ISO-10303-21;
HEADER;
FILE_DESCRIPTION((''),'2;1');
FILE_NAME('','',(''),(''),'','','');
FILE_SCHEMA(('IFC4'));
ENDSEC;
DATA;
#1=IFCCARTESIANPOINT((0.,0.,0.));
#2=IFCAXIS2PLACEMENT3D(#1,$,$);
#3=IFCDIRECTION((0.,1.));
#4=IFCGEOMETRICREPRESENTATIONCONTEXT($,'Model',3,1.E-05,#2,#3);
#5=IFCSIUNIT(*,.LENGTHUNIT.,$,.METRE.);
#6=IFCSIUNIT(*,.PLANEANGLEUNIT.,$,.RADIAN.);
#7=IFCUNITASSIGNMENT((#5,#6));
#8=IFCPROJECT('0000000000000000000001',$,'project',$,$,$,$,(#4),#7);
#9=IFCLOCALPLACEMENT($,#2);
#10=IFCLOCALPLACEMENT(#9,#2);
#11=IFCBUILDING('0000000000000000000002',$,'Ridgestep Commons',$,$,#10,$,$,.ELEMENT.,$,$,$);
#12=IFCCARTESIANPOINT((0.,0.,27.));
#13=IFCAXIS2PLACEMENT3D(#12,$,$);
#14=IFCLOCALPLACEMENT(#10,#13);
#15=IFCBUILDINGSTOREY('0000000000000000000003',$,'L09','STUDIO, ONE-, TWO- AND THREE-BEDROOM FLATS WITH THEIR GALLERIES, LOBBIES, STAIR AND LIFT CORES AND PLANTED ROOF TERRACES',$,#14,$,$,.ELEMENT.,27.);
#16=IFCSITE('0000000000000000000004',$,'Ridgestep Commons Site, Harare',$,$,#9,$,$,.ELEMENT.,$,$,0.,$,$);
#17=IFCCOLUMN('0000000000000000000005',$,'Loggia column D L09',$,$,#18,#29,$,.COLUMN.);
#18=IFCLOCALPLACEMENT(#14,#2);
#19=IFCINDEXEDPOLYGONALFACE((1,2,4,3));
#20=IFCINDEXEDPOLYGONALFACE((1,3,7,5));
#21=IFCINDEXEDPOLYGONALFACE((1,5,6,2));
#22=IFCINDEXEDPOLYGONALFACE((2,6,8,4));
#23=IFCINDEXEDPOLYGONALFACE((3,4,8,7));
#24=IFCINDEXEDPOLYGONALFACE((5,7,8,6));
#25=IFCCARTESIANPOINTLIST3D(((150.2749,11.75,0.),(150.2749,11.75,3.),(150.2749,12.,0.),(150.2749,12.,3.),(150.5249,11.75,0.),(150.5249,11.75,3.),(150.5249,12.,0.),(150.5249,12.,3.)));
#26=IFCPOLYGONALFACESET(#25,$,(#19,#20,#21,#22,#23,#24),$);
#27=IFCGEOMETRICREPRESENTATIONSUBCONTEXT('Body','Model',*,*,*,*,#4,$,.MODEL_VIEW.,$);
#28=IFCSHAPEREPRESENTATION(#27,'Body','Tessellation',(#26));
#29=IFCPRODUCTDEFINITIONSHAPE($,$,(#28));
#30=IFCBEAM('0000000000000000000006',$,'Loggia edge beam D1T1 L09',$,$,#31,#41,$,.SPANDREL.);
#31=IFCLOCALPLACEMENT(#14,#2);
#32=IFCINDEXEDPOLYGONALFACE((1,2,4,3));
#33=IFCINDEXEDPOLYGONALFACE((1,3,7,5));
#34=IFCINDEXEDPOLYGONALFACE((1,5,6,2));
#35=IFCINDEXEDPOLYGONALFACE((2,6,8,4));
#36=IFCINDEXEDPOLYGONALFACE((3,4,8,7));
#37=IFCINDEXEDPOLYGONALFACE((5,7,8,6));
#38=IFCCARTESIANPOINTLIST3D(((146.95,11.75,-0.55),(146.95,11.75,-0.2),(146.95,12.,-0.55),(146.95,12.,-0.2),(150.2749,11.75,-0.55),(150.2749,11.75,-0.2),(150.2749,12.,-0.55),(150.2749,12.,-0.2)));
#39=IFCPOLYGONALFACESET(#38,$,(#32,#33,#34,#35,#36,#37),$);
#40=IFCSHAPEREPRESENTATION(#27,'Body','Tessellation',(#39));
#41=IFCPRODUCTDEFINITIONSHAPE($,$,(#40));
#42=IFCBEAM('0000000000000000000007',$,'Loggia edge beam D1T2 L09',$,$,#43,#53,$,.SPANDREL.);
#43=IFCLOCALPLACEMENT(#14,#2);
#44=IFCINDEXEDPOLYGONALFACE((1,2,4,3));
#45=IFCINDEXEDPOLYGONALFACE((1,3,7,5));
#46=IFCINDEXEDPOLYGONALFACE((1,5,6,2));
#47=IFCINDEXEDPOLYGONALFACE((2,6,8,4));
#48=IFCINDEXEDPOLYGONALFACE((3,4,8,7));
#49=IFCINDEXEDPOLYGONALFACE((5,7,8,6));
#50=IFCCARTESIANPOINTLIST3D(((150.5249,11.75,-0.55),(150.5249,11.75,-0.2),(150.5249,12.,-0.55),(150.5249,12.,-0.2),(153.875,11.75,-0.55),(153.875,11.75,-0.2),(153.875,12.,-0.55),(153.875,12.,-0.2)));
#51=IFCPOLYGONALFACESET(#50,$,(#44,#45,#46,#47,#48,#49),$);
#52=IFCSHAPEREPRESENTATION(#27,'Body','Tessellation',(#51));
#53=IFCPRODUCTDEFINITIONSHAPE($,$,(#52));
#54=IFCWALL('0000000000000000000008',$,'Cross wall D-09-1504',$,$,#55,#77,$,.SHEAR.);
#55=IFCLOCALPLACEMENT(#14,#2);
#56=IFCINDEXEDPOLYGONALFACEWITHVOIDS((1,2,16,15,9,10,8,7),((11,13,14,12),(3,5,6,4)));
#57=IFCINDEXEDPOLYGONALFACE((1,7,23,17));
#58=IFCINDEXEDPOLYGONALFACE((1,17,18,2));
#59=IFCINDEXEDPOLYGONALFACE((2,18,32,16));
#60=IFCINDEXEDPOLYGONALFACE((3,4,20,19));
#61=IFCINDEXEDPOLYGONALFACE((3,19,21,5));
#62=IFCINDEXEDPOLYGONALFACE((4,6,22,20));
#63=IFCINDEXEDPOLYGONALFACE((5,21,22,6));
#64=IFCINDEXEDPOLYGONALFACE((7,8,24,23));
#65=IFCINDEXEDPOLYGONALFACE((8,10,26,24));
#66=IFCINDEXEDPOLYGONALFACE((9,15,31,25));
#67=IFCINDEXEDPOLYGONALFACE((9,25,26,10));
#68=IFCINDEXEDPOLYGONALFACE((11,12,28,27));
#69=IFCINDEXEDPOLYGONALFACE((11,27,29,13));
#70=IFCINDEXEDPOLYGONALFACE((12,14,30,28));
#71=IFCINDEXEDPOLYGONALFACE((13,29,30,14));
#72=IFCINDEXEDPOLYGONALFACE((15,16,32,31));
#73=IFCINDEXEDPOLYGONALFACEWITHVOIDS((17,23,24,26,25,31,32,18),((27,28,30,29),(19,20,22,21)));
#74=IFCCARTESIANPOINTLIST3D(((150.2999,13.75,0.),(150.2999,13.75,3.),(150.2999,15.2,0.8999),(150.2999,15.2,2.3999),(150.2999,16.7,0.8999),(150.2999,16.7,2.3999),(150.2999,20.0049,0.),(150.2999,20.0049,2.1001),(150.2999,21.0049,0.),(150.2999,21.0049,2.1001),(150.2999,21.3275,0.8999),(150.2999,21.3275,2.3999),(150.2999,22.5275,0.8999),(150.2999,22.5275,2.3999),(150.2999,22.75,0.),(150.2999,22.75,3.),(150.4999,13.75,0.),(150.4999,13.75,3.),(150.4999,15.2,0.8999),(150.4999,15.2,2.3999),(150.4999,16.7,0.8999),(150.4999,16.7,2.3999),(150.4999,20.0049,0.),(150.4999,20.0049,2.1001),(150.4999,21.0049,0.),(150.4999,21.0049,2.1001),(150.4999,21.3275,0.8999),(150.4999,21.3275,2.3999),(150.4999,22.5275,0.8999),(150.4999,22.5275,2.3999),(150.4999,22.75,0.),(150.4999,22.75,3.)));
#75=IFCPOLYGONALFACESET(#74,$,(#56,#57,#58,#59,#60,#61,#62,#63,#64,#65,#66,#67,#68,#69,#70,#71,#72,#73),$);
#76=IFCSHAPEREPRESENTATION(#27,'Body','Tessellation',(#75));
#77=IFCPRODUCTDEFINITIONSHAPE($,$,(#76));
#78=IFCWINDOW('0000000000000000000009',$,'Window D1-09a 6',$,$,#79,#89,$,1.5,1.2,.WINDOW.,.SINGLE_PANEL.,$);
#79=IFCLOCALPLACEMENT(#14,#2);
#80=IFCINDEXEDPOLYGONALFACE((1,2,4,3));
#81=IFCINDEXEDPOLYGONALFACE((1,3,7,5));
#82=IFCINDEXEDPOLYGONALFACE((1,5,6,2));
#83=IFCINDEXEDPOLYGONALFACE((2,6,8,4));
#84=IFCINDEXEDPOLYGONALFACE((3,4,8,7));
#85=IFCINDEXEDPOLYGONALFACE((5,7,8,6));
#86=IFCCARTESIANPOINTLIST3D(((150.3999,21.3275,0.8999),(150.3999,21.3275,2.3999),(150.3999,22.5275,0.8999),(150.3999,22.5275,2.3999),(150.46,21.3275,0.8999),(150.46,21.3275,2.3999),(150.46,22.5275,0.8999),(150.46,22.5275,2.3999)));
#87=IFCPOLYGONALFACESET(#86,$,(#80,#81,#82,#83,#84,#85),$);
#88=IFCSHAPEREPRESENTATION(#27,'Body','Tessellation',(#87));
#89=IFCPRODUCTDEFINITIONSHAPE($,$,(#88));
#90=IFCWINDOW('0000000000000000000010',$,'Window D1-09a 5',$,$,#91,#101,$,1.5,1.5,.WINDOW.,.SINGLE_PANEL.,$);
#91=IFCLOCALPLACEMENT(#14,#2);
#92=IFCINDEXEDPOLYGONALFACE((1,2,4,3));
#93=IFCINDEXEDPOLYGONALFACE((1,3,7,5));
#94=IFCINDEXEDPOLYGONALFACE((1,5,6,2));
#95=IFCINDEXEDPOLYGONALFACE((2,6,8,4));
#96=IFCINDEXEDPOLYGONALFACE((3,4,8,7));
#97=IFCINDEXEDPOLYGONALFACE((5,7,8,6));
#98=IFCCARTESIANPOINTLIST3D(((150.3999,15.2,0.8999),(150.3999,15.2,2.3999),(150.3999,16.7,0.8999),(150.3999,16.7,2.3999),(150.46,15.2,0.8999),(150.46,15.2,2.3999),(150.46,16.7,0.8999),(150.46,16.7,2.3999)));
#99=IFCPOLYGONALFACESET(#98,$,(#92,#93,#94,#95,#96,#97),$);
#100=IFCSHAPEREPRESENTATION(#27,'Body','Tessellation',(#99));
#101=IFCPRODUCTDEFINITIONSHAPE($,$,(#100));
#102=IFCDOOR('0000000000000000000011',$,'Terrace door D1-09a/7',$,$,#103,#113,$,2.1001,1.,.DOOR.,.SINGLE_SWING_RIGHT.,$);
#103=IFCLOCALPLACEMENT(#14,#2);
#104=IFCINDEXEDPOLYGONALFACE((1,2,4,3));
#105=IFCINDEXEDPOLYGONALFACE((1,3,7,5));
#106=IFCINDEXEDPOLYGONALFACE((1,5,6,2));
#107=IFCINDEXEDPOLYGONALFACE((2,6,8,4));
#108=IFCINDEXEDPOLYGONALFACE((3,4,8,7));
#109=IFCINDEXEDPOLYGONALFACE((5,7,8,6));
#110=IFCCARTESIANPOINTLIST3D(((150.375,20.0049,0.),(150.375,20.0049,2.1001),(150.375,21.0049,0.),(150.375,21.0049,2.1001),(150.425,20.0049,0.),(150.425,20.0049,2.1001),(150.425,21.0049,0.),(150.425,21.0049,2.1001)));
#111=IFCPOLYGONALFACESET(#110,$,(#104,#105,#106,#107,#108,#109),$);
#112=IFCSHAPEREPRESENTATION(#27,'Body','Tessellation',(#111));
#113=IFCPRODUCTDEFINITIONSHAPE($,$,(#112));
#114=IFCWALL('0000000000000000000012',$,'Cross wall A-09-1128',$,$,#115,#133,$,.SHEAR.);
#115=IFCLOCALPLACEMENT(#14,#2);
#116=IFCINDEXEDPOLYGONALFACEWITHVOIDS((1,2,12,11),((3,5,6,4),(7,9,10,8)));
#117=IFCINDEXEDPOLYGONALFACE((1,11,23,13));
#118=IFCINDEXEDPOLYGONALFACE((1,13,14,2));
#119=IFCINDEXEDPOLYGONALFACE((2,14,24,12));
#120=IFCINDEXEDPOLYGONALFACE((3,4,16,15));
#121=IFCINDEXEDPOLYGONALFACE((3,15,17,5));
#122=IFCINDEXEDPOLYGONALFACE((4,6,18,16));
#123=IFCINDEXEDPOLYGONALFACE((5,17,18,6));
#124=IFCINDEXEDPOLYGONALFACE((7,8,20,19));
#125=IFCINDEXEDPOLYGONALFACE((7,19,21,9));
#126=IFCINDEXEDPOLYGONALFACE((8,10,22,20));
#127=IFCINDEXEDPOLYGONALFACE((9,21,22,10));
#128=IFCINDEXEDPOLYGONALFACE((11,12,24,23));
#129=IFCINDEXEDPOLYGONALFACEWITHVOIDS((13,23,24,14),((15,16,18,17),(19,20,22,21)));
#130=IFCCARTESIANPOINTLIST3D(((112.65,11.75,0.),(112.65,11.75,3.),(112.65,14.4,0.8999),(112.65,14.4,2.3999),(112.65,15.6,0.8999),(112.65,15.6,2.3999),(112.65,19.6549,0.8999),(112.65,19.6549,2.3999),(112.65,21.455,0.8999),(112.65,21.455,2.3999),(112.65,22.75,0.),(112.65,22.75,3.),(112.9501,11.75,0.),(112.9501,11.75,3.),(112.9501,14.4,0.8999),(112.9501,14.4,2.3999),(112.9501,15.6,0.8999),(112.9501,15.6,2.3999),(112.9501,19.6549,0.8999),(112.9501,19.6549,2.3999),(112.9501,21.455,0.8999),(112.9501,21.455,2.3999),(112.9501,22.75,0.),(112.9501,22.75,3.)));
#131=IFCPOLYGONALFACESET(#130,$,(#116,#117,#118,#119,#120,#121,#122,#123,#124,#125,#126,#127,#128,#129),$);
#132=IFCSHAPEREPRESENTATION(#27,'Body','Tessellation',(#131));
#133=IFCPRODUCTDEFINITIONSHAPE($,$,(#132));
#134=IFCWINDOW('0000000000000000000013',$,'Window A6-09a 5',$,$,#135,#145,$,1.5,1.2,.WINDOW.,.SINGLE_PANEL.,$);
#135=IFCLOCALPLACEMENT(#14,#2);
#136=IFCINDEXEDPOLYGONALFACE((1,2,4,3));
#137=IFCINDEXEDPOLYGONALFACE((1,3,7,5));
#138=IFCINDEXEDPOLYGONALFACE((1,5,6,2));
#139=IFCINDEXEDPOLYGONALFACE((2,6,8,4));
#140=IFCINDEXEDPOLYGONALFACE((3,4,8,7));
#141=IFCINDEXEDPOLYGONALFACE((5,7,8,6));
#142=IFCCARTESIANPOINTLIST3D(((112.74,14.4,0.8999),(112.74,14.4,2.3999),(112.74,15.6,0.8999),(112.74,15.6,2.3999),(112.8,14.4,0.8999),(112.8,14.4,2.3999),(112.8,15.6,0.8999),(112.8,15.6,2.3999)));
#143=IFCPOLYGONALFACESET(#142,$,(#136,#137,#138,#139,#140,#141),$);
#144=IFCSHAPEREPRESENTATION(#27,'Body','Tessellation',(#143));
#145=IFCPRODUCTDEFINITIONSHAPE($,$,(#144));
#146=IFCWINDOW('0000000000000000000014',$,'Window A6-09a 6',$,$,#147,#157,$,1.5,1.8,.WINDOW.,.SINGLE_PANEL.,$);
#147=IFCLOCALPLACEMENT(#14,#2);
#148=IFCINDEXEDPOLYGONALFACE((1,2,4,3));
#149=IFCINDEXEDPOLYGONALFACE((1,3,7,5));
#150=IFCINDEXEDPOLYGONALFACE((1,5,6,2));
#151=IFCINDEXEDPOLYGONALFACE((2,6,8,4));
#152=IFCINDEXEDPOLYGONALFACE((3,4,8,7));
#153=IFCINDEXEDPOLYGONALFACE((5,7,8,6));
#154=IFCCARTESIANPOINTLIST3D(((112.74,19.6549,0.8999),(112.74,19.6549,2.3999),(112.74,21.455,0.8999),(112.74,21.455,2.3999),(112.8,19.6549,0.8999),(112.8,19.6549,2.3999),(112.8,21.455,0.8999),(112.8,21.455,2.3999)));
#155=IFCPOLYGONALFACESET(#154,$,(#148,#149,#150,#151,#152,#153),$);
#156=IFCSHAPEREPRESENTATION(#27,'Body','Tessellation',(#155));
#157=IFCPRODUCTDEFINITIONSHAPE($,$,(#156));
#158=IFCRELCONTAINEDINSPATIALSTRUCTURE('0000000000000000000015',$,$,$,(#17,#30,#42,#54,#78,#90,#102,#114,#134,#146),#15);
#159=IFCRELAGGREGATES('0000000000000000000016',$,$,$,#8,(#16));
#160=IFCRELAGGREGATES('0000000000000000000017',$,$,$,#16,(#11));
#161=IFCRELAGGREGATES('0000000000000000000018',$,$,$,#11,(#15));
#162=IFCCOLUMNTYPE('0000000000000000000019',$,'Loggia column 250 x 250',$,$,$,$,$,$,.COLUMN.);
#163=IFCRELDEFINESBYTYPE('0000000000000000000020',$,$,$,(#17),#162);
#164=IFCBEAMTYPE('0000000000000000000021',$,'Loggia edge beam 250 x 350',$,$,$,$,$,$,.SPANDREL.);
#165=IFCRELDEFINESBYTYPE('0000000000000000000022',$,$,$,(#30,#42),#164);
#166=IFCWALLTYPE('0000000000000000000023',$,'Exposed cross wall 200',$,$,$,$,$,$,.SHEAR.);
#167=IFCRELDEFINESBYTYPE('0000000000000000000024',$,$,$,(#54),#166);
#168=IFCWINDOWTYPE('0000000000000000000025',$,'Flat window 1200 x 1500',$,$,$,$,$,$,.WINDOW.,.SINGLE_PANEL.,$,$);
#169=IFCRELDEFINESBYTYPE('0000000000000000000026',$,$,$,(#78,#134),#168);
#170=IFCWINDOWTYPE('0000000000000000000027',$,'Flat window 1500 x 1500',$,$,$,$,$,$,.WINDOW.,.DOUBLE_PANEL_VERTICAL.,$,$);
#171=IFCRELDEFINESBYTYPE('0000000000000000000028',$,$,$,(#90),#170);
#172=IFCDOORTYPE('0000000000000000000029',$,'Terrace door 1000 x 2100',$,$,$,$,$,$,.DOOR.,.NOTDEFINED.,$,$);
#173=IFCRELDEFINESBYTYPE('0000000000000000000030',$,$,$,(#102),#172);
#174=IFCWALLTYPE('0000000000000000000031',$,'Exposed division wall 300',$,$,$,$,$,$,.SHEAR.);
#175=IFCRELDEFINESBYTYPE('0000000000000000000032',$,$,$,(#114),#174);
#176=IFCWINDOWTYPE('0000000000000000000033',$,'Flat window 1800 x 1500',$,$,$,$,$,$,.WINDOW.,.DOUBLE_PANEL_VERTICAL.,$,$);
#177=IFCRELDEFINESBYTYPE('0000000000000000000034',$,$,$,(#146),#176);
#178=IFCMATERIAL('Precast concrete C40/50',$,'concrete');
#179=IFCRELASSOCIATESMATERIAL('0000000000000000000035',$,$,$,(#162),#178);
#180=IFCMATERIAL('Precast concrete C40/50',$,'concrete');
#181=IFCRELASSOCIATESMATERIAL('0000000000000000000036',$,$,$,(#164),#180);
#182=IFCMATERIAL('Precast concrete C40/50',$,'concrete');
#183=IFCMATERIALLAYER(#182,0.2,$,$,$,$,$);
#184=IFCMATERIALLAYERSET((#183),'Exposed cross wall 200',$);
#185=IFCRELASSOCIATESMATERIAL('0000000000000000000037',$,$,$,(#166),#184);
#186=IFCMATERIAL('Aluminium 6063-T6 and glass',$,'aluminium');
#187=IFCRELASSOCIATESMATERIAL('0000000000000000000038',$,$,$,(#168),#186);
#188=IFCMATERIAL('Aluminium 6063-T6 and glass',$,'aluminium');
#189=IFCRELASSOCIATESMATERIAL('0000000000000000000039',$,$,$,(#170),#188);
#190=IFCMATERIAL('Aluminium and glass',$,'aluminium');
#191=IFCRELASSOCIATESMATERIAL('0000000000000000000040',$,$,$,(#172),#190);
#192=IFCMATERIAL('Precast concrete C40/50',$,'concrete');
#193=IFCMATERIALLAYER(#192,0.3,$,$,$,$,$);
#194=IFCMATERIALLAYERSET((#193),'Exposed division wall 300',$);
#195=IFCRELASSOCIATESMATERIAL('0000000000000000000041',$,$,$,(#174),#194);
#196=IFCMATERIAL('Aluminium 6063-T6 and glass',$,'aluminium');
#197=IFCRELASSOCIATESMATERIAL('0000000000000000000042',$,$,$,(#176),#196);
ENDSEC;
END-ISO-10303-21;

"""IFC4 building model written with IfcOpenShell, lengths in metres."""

from ifc_helpers import new_model, si_unit, direction, frame, frame_2d, origin, origin_2d, place, context, subcontext, project, spatial, rectangle, extrude, material, layer, layer_set, material_profile, profile_set, type_object, element, fill, save


model = new_model("IFC4")

# Units and contexts
model_context = context("Model", 3, precision=1e-05, world=origin(), true_north=direction((0.0, 1.0)))
body_context = subcontext(model_context, "Body", "Model", "MODEL_VIEW")
ifc_project = project(units=[si_unit("LENGTHUNIT", "METRE"), si_unit("PLANEANGLEUNIT", "RADIAN")], contexts=[model_context])

# Site, building, storey
site_placement = place(None, origin())
site = spatial("IfcSite", under=ifc_project, at=site_placement, Name="Ridgestep Commons Site, Harare", CompositionType="ELEMENT", RefElevation=0.0)
building_placement = place(site_placement, origin())
building = spatial("IfcBuilding", under=site, at=building_placement, Name="Ridgestep Commons", CompositionType="ELEMENT")
storey_placement = place(building_placement, frame((0.0, 0.0, 27.0)))
storey = spatial("IfcBuildingStorey", under=building, at=storey_placement, Name="L09", Description="STUDIO, ONE-, TWO- AND THREE-BEDROOM FLATS WITH THEIR GALLERIES, LOBBIES, STAIR AND LIFT CORES AND PLANTED ROOF TERRACES", CompositionType="ELEMENT", Elevation=27.0)

# Column
ifc_material_1 = material(Name="Precast concrete C40/50", Category="concrete")
ifc_material_profile_1 = material_profile(ifc_material_1, rectangle(XDim=0.25, YDim=0.25, at=origin_2d()), Name="PC 250x250")
ifc_profile_set_1 = profile_set([ifc_material_profile_1], Name="Precast concrete C40/50")
column_type = type_object("IfcColumnType", Name="Loggia column 250 x 250", PredefinedType="COLUMN", material=ifc_profile_set_1)
column_placement = place(storey_placement, frame((150.3999, 11.875, 0.0), z_axis=(0.0, 0.0, 1.0), x_axis=(1.0, 0.0, 0.0)))
element("IfcColumn", 1, at=column_placement, inside=storey, type_object=column_type, Name="Loggia column D L09", PredefinedType="COLUMN", context=body_context, shape_type="SweptSolid", body=[
    extrude(rectangle(XDim=0.25, YDim=0.25, at=origin_2d()), origin(), (0.0, 0.0, 1.0), 3.0),
])

# Beams
ifc_material_2 = material(Name="Precast concrete C40/50", Category="concrete")
ifc_material_profile_2 = material_profile(ifc_material_2, rectangle(XDim=0.25, YDim=0.3501, at=origin_2d()), Name="PC 250x350")
ifc_profile_set_2 = profile_set([ifc_material_profile_2], Name="Precast concrete C40/50")
beam_type = type_object("IfcBeamType", Name="Loggia edge beam 250 x 350", PredefinedType="SPANDREL", material=ifc_profile_set_2)
beam_1_placement = place(storey_placement, frame((146.95, 11.875, -0.375), z_axis=(1.0, 0.0, 0.0), x_axis=(0.0, 1.0, 0.0)))
element("IfcBeam", 2, at=beam_1_placement, inside=storey, type_object=beam_type, Name="Loggia edge beam D1T1 L09", PredefinedType="SPANDREL", context=body_context, shape_type="SweptSolid", body=[
    extrude(rectangle(XDim=0.25, YDim=0.3501, at=origin_2d()), origin(), (0.0, 0.0, 1.0), 3.325),
])
beam_2_placement = place(storey_placement, frame((150.5249, 11.875, -0.375), z_axis=(1.0, 0.0, 0.0), x_axis=(0.0, 1.0, 0.0)))
element("IfcBeam", 3, at=beam_2_placement, inside=storey, type_object=beam_type, Name="Loggia edge beam D1T2 L09", PredefinedType="SPANDREL", context=body_context, shape_type="SweptSolid", body=[
    extrude(rectangle(XDim=0.25, YDim=0.3501, at=origin_2d()), origin(), (0.0, 0.0, 1.0), 3.3501),
])

# Wall, openings, windows, door
ifc_material_3 = material(Name="Precast concrete C40/50", Category="concrete")
ifc_layer_1 = layer(ifc_material_3, 0.2)
ifc_layer_set_1 = layer_set([ifc_layer_1], Name="Exposed cross wall 200")
wall_type_1 = type_object("IfcWallType", Name="Exposed cross wall 200", PredefinedType="SHEAR", material=ifc_layer_set_1)
wall_1_placement = place(storey_placement, frame((150.3999, 13.75, 0.0), z_axis=(0.0, 0.0, 1.0), x_axis=(0.0, 1.0, 0.0)))
wall_1 = element("IfcWall", 4, at=wall_1_placement, inside=storey, type_object=wall_type_1, Name="Cross wall D-09-1504", PredefinedType="SHEAR", context=body_context, shape_type="SweptSolid", body=[
    extrude(rectangle(XDim=9.0, YDim=0.2, at=frame_2d((4.5, 0.0))), origin(), (0.0, 0.0, 1.0), 3.0),
])
opening_1_placement = place(wall_1_placement, frame((1.45, 0.0, 0.8999)))
opening_1 = element("IfcOpeningElement", 5, at=opening_1_placement, cuts=wall_1, PredefinedType="OPENING", context=body_context, shape_type="SweptSolid", body=[
    extrude(rectangle(XDim=1.5, YDim=1.5, at=frame_2d((0.75, 0.75))), frame((0.0, 0.1099, 0.0), z_axis=(0.0, -1.0, 0.0), x_axis=(1.0, 0.0, 0.0)), (0.0, 0.0, 1.0), 0.22),
])
opening_2_placement = place(wall_1_placement, frame((7.5774, 0.0, 0.8999)))
opening_2 = element("IfcOpeningElement", 6, at=opening_2_placement, cuts=wall_1, PredefinedType="OPENING", context=body_context, shape_type="SweptSolid", body=[
    extrude(rectangle(XDim=1.2, YDim=1.5, at=frame_2d((0.6001, 0.75))), frame((0.0, 0.1099, 0.0), z_axis=(0.0, -1.0, 0.0), x_axis=(1.0, 0.0, 0.0)), (0.0, 0.0, 1.0), 0.22),
])
opening_3_placement = place(wall_1_placement, frame((6.2549, 0.0, 0.0)))
opening_3 = element("IfcOpeningElement", 7, at=opening_3_placement, cuts=wall_1, PredefinedType="OPENING", context=body_context, shape_type="SweptSolid", body=[
    extrude(rectangle(XDim=1.0, YDim=2.1001, at=frame_2d((0.5, 1.05))), frame((0.0, 0.1099, 0.0), z_axis=(0.0, -1.0, 0.0), x_axis=(1.0, 0.0, 0.0)), (0.0, 0.0, 1.0), 0.22),
])
ifc_material_4 = material(Name="Aluminium 6063-T6 and glass", Category="aluminium")
window_type_1 = type_object("IfcWindowType", Name="Flat window 1200 x 1500", PartitioningType="SINGLE_PANEL", PredefinedType="WINDOW", material=ifc_material_4)
window_1_placement = place(opening_2_placement, origin())
window_1 = element("IfcWindow", 8, at=window_1_placement, inside=storey, type_object=window_type_1, Name="Window D1-09a 6", OverallHeight=1.5, OverallWidth=1.2, PartitioningType="SINGLE_PANEL", PredefinedType="WINDOW", context=body_context, shape_type="SweptSolid", body=[
    extrude(rectangle(XDim=1.2, YDim=1.5, at=frame_2d((0.6001, 0.75))), frame((0.0, 0.0, 0.0), z_axis=(0.0, -1.0, 0.0), x_axis=(1.0, 0.0, 0.0)), (0.0, 0.0, 1.0), 0.0601),
])
fill(opening_2, window_1)
ifc_material_5 = material(Name="Aluminium 6063-T6 and glass", Category="aluminium")
window_type_2 = type_object("IfcWindowType", Name="Flat window 1500 x 1500", PartitioningType="DOUBLE_PANEL_VERTICAL", PredefinedType="WINDOW", material=ifc_material_5)
window_2_placement = place(opening_1_placement, origin())
window_2 = element("IfcWindow", 9, at=window_2_placement, inside=storey, type_object=window_type_2, Name="Window D1-09a 5", OverallHeight=1.5, OverallWidth=1.5, PartitioningType="SINGLE_PANEL", PredefinedType="WINDOW", context=body_context, shape_type="SweptSolid", body=[
    extrude(rectangle(XDim=1.5, YDim=1.5, at=frame_2d((0.75, 0.75))), frame((0.0, 0.0, 0.0), z_axis=(0.0, -1.0, 0.0), x_axis=(1.0, 0.0, 0.0)), (0.0, 0.0, 1.0), 0.0601),
])
fill(opening_1, window_2)
ifc_material_6 = material(Name="Aluminium and glass", Category="aluminium")
door_type = type_object("IfcDoorType", Name="Terrace door 1000 x 2100", OperationType="NOTDEFINED", PredefinedType="DOOR", material=ifc_material_6)
door_placement = place(opening_3_placement, origin())
door = element("IfcDoor", 10, at=door_placement, inside=storey, type_object=door_type, Name="Terrace door D1-09a/7", OperationType="SINGLE_SWING_RIGHT", OverallHeight=2.1001, OverallWidth=1.0, PredefinedType="DOOR", context=body_context, shape_type="SweptSolid", body=[
    extrude(rectangle(XDim=1.0, YDim=2.1001, at=frame_2d((0.5, 1.05))), frame((0.0, 0.0249, 0.0), z_axis=(0.0, -1.0, 0.0), x_axis=(1.0, 0.0, 0.0)), (0.0, 0.0, 1.0), 0.05),
])
fill(opening_3, door)

# Wall, openings, windows
ifc_material_7 = material(Name="Precast concrete C40/50", Category="concrete")
ifc_layer_2 = layer(ifc_material_7, 0.3)
ifc_layer_set_2 = layer_set([ifc_layer_2], Name="Exposed division wall 300")
wall_type_2 = type_object("IfcWallType", Name="Exposed division wall 300", PredefinedType="SHEAR", material=ifc_layer_set_2)
wall_2_placement = place(storey_placement, frame((112.8, 11.75, 0.0), z_axis=(0.0, 0.0, 1.0), x_axis=(0.0, 1.0, 0.0)))
wall_2 = element("IfcWall", 11, at=wall_2_placement, inside=storey, type_object=wall_type_2, Name="Cross wall A-09-1128", PredefinedType="SHEAR", context=body_context, shape_type="SweptSolid", body=[
    extrude(rectangle(XDim=11.0, YDim=0.3, at=frame_2d((5.5, 0.0))), origin(), (0.0, 0.0, 1.0), 3.0),
])
opening_4_placement = place(wall_2_placement, frame((2.6499, 0.0, 0.8999)))
opening_4 = element("IfcOpeningElement", 12, at=opening_4_placement, cuts=wall_2, PredefinedType="OPENING", context=body_context, shape_type="SweptSolid", body=[
    extrude(rectangle(XDim=1.2, YDim=1.5, at=frame_2d((0.6001, 0.75))), frame((0.0, 0.1599, 0.0), z_axis=(0.0, -1.0, 0.0), x_axis=(1.0, 0.0, 0.0)), (0.0, 0.0, 1.0), 0.3201),
])
opening_5_placement = place(wall_2_placement, frame((7.905, 0.0, 0.8999)))
opening_5 = element("IfcOpeningElement", 13, at=opening_5_placement, cuts=wall_2, PredefinedType="OPENING", context=body_context, shape_type="SweptSolid", body=[
    extrude(rectangle(XDim=1.8, YDim=1.5, at=frame_2d((0.8999, 0.75))), frame((0.0, 0.1599, 0.0), z_axis=(0.0, -1.0, 0.0), x_axis=(1.0, 0.0, 0.0)), (0.0, 0.0, 1.0), 0.3201),
])
window_3_placement = place(opening_4_placement, origin())
window_3 = element("IfcWindow", 14, at=window_3_placement, inside=storey, type_object=window_type_1, Name="Window A6-09a 5", OverallHeight=1.5, OverallWidth=1.2, PartitioningType="SINGLE_PANEL", PredefinedType="WINDOW", context=body_context, shape_type="SweptSolid", body=[
    extrude(rectangle(XDim=1.2, YDim=1.5, at=frame_2d((0.6001, 0.75))), frame((0.0, 0.0601, 0.0), z_axis=(0.0, -1.0, 0.0), x_axis=(1.0, 0.0, 0.0)), (0.0, 0.0, 1.0), 0.0601),
])
fill(opening_4, window_3)
ifc_material_8 = material(Name="Aluminium 6063-T6 and glass", Category="aluminium")
window_type_3 = type_object("IfcWindowType", Name="Flat window 1800 x 1500", PartitioningType="DOUBLE_PANEL_VERTICAL", PredefinedType="WINDOW", material=ifc_material_8)
window_4_placement = place(opening_5_placement, origin())
window_4 = element("IfcWindow", 15, at=window_4_placement, inside=storey, type_object=window_type_3, Name="Window A6-09a 6", OverallHeight=1.5, OverallWidth=1.8, PartitioningType="SINGLE_PANEL", PredefinedType="WINDOW", context=body_context, shape_type="SweptSolid", body=[
    extrude(rectangle(XDim=1.8, YDim=1.5, at=frame_2d((0.8999, 0.75))), frame((0.0, 0.0601, 0.0), z_axis=(0.0, -1.0, 0.0), x_axis=(1.0, 0.0, 0.0)), (0.0, 0.0, 1.0), 0.0601),
])
fill(opening_5, window_4)

save(model, "model.ifc")
